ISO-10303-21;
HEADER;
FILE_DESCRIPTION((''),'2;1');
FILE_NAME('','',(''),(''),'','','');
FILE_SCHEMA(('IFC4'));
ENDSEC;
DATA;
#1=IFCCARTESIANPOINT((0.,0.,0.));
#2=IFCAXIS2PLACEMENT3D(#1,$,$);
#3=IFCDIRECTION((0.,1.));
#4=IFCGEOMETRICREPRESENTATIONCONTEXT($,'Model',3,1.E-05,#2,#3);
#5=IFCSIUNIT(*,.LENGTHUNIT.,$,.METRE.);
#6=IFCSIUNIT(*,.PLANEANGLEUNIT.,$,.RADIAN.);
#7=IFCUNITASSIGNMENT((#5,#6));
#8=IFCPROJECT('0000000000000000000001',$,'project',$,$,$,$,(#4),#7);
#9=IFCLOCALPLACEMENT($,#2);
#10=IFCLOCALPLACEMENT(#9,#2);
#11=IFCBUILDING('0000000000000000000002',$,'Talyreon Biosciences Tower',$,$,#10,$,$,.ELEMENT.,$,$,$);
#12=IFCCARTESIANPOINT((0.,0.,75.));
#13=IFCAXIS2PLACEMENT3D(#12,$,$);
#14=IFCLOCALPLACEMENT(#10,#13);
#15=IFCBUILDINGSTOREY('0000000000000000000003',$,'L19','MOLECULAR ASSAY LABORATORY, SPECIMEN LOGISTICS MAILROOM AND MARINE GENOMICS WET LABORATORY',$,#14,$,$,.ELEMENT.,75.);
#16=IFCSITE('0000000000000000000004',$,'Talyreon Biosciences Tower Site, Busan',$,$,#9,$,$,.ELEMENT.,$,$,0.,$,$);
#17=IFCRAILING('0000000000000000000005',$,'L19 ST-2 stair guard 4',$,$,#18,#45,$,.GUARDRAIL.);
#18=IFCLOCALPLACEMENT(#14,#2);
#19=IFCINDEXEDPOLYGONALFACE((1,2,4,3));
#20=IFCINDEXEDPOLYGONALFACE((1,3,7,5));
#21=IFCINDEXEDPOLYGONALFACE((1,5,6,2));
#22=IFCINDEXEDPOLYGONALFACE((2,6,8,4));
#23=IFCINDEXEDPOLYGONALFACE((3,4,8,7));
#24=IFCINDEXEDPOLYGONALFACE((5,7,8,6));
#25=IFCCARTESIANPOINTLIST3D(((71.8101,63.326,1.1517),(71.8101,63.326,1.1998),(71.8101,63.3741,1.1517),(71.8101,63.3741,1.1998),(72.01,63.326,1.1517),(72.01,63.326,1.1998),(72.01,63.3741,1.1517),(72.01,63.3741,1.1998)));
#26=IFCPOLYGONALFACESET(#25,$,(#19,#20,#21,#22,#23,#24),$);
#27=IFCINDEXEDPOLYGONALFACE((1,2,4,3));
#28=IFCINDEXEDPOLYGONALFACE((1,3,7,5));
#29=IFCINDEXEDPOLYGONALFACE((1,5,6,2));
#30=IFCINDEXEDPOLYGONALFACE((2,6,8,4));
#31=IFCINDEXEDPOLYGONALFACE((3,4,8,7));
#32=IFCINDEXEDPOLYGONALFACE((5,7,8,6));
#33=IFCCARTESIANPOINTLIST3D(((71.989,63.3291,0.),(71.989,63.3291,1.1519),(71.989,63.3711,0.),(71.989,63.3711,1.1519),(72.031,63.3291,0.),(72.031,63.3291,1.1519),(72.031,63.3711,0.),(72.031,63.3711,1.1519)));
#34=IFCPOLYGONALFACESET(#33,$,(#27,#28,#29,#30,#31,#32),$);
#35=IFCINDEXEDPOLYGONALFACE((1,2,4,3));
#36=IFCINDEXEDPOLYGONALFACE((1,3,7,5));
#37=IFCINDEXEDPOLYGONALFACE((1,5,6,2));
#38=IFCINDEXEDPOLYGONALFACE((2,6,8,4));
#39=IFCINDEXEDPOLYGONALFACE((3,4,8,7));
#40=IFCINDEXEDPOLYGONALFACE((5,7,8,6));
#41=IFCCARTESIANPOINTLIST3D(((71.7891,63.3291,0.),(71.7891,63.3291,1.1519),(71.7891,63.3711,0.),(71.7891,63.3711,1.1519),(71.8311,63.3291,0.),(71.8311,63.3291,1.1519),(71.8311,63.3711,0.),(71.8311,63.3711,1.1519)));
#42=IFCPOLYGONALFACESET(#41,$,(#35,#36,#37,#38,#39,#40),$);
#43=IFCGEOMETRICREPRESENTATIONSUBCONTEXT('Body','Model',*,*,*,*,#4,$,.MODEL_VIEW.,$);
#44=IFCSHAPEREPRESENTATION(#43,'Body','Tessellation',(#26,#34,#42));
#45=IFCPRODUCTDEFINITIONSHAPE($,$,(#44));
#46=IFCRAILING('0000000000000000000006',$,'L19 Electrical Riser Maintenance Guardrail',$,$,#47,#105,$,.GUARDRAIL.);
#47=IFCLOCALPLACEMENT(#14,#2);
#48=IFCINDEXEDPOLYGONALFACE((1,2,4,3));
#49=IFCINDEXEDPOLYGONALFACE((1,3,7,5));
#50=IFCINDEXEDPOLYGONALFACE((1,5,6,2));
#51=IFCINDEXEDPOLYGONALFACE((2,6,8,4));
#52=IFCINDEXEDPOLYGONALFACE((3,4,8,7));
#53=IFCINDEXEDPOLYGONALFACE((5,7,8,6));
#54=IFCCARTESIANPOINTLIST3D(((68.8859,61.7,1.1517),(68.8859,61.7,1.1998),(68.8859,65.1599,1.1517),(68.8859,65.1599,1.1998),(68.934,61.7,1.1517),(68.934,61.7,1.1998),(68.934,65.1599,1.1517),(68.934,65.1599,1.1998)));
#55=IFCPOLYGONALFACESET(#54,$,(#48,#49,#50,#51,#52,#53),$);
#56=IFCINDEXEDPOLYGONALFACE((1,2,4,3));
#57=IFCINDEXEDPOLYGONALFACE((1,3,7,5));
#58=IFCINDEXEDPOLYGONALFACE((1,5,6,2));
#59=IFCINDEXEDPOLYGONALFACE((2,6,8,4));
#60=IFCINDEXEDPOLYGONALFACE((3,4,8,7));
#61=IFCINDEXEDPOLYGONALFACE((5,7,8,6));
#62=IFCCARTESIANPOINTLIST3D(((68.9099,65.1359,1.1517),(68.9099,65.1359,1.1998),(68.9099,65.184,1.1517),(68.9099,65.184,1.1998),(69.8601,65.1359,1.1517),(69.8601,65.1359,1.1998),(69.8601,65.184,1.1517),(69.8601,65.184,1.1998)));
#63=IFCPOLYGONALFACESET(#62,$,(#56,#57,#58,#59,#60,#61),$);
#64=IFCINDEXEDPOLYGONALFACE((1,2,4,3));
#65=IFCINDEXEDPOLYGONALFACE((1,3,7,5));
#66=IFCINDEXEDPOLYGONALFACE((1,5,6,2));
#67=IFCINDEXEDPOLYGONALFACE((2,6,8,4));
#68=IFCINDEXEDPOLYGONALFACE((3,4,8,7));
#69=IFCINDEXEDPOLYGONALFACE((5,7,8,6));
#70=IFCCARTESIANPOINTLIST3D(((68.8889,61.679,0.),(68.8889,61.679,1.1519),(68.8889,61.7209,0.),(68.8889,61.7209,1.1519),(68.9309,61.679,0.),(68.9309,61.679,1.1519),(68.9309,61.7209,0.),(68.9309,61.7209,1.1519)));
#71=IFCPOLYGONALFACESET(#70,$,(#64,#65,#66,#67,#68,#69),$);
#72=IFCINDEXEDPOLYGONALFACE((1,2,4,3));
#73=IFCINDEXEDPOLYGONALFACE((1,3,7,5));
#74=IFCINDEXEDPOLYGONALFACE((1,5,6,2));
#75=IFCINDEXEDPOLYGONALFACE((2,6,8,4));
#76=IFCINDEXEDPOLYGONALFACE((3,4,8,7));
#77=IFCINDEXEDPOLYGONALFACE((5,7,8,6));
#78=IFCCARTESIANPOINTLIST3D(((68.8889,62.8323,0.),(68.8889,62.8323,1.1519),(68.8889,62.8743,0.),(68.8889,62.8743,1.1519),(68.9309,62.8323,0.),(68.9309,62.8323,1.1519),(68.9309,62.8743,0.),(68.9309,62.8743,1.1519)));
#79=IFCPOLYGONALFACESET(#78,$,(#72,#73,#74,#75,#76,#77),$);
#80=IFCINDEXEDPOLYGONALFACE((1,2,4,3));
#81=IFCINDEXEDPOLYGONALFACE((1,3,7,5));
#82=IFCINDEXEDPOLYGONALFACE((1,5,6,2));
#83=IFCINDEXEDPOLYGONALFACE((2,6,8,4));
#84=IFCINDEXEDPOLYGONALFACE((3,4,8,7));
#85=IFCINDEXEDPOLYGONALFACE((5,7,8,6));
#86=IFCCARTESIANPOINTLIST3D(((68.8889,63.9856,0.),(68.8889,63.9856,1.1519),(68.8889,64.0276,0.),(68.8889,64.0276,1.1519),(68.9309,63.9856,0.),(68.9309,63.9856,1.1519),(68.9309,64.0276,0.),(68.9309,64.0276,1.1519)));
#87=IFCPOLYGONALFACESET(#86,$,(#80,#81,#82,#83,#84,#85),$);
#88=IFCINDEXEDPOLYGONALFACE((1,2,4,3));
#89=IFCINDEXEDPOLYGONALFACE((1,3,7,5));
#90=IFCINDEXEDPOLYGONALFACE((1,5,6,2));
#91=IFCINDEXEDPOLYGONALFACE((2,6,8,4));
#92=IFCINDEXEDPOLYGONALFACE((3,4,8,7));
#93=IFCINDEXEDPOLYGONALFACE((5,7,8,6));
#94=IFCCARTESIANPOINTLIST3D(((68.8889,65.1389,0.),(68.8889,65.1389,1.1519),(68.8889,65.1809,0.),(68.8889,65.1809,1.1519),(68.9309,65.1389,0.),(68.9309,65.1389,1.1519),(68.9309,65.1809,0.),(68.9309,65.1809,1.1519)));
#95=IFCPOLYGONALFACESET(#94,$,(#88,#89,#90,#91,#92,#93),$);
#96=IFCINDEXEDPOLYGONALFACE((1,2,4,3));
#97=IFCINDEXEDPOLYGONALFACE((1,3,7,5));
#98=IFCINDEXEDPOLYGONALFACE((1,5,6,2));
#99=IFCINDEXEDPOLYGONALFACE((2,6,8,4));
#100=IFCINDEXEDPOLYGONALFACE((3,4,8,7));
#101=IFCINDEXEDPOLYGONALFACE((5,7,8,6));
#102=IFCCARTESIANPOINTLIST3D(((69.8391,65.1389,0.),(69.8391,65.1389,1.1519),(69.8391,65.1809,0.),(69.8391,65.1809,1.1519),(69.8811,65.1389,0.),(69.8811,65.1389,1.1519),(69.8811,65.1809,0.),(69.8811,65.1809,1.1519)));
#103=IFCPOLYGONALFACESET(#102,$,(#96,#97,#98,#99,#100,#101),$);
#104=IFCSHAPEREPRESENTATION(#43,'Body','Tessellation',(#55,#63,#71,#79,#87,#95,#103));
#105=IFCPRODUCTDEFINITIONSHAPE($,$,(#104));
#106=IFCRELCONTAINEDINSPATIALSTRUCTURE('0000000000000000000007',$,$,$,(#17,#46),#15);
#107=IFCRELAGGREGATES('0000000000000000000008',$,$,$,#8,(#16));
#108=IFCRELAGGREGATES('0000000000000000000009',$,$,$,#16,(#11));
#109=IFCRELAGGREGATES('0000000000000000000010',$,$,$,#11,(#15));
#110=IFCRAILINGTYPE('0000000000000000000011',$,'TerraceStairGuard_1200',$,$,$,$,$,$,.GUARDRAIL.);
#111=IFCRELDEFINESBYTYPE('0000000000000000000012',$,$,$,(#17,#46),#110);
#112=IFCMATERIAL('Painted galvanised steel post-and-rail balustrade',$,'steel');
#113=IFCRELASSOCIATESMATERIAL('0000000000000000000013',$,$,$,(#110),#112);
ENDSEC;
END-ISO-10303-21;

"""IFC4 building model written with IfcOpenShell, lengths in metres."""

from ifc_helpers import new_model, si_unit, direction, frame, origin, origin_2d, place, context, subcontext, project, spatial, rectangle, extrude, material, type_object, element, save


model = new_model("IFC4")

# Units and contexts
model_context = context("Model", 3, precision=1e-05, world=origin(), true_north=direction((0.0, 1.0)))
body_context = subcontext(model_context, "Body", "Model", "MODEL_VIEW")
ifc_project = project(units=[si_unit("LENGTHUNIT", "METRE"), si_unit("PLANEANGLEUNIT", "RADIAN")], contexts=[model_context])

# Site, building, storey
site_placement = place(None, origin())
site = spatial("IfcSite", under=ifc_project, at=site_placement, Name="Talyreon Biosciences Tower Site, Busan", CompositionType="ELEMENT", RefElevation=0.0)
building_placement = place(site_placement, origin())
building = spatial("IfcBuilding", under=site, at=building_placement, Name="Talyreon Biosciences Tower", CompositionType="ELEMENT")
storey_placement = place(building_placement, frame((0.0, 0.0, 75.0)))
storey = spatial("IfcBuildingStorey", under=building, at=storey_placement, Name="L19", Description="MOLECULAR ASSAY LABORATORY, SPECIMEN LOGISTICS MAILROOM AND MARINE GENOMICS WET LABORATORY", CompositionType="ELEMENT", Elevation=75.0)

# Railings
ifc_material_1 = material(Name="Painted galvanised steel post-and-rail balustrade", Category="steel")
railing_type_1 = type_object("IfcRailingType", Name="TerraceStairGuard_1200", PredefinedType="GUARDRAIL", material=ifc_material_1)
railing_1_placement = place(storey_placement, frame((72.01, 63.3501, 0.0)))
element("IfcRailing", 1, at=railing_1_placement, inside=storey, type_object=railing_type_1, Name="L19 ST-2 stair guard 4", PredefinedType="GUARDRAIL", context=body_context, shape_type="SweptSolid", body=[
    extrude(rectangle(XDim=0.0481, YDim=0.0481, at=origin_2d()), frame((0.0, 0.0, 1.1758), z_axis=(-1.0, 0.0, 0.0), x_axis=(0.0, -1.0, 0.0)), (0.0, 0.0, 1.0), 0.2),
    extrude(rectangle(XDim=0.042, YDim=0.042, at=origin_2d()), origin(), (0.0, 0.0, 1.0), 1.1519),
    extrude(rectangle(XDim=0.042, YDim=0.042, at=origin_2d()), frame((-0.2, 0.0, 0.0)), (0.0, 0.0, 1.0), 1.1519),
])
railing_2_placement = place(storey_placement, frame((68.9099, 61.7, 0.0)))
element("IfcRailing", 2, at=railing_2_placement, inside=storey, type_object=railing_type_1, Name="L19 Electrical Riser Maintenance Guardrail", PredefinedType="GUARDRAIL", context=body_context, shape_type="SweptSolid", body=[
    extrude(rectangle(XDim=0.0481, YDim=0.0481, at=origin_2d()), frame((0.0, 0.0, 1.1758), z_axis=(0.0, 1.0, 0.0), x_axis=(-1.0, 0.0, 0.0)), (0.0, 0.0, 1.0), 3.46),
    extrude(rectangle(XDim=0.0481, YDim=0.0481, at=origin_2d()), frame((0.0, 3.46, 1.1758), z_axis=(1.0, 0.0, 0.0), x_axis=(0.0, 1.0, 0.0)), (0.0, 0.0, 1.0), 0.9502),
    extrude(rectangle(XDim=0.042, YDim=0.042, at=origin_2d()), origin(), (0.0, 0.0, 1.0), 1.1519),
    extrude(rectangle(XDim=0.042, YDim=0.042, at=origin_2d()), frame((0.0, 1.1533, 0.0)), (0.0, 0.0, 1.0), 1.1519),
    extrude(rectangle(XDim=0.042, YDim=0.042, at=origin_2d()), frame((0.0, 2.3066, 0.0)), (0.0, 0.0, 1.0), 1.1519),
    extrude(rectangle(XDim=0.042, YDim=0.042, at=origin_2d()), frame((0.0, 3.46, 0.0)), (0.0, 0.0, 1.0), 1.1519),
    extrude(rectangle(XDim=0.042, YDim=0.042, at=origin_2d()), frame((0.9502, 3.46, 0.0)), (0.0, 0.0, 1.0), 1.1519),
])

save(model, "model.ifc")
